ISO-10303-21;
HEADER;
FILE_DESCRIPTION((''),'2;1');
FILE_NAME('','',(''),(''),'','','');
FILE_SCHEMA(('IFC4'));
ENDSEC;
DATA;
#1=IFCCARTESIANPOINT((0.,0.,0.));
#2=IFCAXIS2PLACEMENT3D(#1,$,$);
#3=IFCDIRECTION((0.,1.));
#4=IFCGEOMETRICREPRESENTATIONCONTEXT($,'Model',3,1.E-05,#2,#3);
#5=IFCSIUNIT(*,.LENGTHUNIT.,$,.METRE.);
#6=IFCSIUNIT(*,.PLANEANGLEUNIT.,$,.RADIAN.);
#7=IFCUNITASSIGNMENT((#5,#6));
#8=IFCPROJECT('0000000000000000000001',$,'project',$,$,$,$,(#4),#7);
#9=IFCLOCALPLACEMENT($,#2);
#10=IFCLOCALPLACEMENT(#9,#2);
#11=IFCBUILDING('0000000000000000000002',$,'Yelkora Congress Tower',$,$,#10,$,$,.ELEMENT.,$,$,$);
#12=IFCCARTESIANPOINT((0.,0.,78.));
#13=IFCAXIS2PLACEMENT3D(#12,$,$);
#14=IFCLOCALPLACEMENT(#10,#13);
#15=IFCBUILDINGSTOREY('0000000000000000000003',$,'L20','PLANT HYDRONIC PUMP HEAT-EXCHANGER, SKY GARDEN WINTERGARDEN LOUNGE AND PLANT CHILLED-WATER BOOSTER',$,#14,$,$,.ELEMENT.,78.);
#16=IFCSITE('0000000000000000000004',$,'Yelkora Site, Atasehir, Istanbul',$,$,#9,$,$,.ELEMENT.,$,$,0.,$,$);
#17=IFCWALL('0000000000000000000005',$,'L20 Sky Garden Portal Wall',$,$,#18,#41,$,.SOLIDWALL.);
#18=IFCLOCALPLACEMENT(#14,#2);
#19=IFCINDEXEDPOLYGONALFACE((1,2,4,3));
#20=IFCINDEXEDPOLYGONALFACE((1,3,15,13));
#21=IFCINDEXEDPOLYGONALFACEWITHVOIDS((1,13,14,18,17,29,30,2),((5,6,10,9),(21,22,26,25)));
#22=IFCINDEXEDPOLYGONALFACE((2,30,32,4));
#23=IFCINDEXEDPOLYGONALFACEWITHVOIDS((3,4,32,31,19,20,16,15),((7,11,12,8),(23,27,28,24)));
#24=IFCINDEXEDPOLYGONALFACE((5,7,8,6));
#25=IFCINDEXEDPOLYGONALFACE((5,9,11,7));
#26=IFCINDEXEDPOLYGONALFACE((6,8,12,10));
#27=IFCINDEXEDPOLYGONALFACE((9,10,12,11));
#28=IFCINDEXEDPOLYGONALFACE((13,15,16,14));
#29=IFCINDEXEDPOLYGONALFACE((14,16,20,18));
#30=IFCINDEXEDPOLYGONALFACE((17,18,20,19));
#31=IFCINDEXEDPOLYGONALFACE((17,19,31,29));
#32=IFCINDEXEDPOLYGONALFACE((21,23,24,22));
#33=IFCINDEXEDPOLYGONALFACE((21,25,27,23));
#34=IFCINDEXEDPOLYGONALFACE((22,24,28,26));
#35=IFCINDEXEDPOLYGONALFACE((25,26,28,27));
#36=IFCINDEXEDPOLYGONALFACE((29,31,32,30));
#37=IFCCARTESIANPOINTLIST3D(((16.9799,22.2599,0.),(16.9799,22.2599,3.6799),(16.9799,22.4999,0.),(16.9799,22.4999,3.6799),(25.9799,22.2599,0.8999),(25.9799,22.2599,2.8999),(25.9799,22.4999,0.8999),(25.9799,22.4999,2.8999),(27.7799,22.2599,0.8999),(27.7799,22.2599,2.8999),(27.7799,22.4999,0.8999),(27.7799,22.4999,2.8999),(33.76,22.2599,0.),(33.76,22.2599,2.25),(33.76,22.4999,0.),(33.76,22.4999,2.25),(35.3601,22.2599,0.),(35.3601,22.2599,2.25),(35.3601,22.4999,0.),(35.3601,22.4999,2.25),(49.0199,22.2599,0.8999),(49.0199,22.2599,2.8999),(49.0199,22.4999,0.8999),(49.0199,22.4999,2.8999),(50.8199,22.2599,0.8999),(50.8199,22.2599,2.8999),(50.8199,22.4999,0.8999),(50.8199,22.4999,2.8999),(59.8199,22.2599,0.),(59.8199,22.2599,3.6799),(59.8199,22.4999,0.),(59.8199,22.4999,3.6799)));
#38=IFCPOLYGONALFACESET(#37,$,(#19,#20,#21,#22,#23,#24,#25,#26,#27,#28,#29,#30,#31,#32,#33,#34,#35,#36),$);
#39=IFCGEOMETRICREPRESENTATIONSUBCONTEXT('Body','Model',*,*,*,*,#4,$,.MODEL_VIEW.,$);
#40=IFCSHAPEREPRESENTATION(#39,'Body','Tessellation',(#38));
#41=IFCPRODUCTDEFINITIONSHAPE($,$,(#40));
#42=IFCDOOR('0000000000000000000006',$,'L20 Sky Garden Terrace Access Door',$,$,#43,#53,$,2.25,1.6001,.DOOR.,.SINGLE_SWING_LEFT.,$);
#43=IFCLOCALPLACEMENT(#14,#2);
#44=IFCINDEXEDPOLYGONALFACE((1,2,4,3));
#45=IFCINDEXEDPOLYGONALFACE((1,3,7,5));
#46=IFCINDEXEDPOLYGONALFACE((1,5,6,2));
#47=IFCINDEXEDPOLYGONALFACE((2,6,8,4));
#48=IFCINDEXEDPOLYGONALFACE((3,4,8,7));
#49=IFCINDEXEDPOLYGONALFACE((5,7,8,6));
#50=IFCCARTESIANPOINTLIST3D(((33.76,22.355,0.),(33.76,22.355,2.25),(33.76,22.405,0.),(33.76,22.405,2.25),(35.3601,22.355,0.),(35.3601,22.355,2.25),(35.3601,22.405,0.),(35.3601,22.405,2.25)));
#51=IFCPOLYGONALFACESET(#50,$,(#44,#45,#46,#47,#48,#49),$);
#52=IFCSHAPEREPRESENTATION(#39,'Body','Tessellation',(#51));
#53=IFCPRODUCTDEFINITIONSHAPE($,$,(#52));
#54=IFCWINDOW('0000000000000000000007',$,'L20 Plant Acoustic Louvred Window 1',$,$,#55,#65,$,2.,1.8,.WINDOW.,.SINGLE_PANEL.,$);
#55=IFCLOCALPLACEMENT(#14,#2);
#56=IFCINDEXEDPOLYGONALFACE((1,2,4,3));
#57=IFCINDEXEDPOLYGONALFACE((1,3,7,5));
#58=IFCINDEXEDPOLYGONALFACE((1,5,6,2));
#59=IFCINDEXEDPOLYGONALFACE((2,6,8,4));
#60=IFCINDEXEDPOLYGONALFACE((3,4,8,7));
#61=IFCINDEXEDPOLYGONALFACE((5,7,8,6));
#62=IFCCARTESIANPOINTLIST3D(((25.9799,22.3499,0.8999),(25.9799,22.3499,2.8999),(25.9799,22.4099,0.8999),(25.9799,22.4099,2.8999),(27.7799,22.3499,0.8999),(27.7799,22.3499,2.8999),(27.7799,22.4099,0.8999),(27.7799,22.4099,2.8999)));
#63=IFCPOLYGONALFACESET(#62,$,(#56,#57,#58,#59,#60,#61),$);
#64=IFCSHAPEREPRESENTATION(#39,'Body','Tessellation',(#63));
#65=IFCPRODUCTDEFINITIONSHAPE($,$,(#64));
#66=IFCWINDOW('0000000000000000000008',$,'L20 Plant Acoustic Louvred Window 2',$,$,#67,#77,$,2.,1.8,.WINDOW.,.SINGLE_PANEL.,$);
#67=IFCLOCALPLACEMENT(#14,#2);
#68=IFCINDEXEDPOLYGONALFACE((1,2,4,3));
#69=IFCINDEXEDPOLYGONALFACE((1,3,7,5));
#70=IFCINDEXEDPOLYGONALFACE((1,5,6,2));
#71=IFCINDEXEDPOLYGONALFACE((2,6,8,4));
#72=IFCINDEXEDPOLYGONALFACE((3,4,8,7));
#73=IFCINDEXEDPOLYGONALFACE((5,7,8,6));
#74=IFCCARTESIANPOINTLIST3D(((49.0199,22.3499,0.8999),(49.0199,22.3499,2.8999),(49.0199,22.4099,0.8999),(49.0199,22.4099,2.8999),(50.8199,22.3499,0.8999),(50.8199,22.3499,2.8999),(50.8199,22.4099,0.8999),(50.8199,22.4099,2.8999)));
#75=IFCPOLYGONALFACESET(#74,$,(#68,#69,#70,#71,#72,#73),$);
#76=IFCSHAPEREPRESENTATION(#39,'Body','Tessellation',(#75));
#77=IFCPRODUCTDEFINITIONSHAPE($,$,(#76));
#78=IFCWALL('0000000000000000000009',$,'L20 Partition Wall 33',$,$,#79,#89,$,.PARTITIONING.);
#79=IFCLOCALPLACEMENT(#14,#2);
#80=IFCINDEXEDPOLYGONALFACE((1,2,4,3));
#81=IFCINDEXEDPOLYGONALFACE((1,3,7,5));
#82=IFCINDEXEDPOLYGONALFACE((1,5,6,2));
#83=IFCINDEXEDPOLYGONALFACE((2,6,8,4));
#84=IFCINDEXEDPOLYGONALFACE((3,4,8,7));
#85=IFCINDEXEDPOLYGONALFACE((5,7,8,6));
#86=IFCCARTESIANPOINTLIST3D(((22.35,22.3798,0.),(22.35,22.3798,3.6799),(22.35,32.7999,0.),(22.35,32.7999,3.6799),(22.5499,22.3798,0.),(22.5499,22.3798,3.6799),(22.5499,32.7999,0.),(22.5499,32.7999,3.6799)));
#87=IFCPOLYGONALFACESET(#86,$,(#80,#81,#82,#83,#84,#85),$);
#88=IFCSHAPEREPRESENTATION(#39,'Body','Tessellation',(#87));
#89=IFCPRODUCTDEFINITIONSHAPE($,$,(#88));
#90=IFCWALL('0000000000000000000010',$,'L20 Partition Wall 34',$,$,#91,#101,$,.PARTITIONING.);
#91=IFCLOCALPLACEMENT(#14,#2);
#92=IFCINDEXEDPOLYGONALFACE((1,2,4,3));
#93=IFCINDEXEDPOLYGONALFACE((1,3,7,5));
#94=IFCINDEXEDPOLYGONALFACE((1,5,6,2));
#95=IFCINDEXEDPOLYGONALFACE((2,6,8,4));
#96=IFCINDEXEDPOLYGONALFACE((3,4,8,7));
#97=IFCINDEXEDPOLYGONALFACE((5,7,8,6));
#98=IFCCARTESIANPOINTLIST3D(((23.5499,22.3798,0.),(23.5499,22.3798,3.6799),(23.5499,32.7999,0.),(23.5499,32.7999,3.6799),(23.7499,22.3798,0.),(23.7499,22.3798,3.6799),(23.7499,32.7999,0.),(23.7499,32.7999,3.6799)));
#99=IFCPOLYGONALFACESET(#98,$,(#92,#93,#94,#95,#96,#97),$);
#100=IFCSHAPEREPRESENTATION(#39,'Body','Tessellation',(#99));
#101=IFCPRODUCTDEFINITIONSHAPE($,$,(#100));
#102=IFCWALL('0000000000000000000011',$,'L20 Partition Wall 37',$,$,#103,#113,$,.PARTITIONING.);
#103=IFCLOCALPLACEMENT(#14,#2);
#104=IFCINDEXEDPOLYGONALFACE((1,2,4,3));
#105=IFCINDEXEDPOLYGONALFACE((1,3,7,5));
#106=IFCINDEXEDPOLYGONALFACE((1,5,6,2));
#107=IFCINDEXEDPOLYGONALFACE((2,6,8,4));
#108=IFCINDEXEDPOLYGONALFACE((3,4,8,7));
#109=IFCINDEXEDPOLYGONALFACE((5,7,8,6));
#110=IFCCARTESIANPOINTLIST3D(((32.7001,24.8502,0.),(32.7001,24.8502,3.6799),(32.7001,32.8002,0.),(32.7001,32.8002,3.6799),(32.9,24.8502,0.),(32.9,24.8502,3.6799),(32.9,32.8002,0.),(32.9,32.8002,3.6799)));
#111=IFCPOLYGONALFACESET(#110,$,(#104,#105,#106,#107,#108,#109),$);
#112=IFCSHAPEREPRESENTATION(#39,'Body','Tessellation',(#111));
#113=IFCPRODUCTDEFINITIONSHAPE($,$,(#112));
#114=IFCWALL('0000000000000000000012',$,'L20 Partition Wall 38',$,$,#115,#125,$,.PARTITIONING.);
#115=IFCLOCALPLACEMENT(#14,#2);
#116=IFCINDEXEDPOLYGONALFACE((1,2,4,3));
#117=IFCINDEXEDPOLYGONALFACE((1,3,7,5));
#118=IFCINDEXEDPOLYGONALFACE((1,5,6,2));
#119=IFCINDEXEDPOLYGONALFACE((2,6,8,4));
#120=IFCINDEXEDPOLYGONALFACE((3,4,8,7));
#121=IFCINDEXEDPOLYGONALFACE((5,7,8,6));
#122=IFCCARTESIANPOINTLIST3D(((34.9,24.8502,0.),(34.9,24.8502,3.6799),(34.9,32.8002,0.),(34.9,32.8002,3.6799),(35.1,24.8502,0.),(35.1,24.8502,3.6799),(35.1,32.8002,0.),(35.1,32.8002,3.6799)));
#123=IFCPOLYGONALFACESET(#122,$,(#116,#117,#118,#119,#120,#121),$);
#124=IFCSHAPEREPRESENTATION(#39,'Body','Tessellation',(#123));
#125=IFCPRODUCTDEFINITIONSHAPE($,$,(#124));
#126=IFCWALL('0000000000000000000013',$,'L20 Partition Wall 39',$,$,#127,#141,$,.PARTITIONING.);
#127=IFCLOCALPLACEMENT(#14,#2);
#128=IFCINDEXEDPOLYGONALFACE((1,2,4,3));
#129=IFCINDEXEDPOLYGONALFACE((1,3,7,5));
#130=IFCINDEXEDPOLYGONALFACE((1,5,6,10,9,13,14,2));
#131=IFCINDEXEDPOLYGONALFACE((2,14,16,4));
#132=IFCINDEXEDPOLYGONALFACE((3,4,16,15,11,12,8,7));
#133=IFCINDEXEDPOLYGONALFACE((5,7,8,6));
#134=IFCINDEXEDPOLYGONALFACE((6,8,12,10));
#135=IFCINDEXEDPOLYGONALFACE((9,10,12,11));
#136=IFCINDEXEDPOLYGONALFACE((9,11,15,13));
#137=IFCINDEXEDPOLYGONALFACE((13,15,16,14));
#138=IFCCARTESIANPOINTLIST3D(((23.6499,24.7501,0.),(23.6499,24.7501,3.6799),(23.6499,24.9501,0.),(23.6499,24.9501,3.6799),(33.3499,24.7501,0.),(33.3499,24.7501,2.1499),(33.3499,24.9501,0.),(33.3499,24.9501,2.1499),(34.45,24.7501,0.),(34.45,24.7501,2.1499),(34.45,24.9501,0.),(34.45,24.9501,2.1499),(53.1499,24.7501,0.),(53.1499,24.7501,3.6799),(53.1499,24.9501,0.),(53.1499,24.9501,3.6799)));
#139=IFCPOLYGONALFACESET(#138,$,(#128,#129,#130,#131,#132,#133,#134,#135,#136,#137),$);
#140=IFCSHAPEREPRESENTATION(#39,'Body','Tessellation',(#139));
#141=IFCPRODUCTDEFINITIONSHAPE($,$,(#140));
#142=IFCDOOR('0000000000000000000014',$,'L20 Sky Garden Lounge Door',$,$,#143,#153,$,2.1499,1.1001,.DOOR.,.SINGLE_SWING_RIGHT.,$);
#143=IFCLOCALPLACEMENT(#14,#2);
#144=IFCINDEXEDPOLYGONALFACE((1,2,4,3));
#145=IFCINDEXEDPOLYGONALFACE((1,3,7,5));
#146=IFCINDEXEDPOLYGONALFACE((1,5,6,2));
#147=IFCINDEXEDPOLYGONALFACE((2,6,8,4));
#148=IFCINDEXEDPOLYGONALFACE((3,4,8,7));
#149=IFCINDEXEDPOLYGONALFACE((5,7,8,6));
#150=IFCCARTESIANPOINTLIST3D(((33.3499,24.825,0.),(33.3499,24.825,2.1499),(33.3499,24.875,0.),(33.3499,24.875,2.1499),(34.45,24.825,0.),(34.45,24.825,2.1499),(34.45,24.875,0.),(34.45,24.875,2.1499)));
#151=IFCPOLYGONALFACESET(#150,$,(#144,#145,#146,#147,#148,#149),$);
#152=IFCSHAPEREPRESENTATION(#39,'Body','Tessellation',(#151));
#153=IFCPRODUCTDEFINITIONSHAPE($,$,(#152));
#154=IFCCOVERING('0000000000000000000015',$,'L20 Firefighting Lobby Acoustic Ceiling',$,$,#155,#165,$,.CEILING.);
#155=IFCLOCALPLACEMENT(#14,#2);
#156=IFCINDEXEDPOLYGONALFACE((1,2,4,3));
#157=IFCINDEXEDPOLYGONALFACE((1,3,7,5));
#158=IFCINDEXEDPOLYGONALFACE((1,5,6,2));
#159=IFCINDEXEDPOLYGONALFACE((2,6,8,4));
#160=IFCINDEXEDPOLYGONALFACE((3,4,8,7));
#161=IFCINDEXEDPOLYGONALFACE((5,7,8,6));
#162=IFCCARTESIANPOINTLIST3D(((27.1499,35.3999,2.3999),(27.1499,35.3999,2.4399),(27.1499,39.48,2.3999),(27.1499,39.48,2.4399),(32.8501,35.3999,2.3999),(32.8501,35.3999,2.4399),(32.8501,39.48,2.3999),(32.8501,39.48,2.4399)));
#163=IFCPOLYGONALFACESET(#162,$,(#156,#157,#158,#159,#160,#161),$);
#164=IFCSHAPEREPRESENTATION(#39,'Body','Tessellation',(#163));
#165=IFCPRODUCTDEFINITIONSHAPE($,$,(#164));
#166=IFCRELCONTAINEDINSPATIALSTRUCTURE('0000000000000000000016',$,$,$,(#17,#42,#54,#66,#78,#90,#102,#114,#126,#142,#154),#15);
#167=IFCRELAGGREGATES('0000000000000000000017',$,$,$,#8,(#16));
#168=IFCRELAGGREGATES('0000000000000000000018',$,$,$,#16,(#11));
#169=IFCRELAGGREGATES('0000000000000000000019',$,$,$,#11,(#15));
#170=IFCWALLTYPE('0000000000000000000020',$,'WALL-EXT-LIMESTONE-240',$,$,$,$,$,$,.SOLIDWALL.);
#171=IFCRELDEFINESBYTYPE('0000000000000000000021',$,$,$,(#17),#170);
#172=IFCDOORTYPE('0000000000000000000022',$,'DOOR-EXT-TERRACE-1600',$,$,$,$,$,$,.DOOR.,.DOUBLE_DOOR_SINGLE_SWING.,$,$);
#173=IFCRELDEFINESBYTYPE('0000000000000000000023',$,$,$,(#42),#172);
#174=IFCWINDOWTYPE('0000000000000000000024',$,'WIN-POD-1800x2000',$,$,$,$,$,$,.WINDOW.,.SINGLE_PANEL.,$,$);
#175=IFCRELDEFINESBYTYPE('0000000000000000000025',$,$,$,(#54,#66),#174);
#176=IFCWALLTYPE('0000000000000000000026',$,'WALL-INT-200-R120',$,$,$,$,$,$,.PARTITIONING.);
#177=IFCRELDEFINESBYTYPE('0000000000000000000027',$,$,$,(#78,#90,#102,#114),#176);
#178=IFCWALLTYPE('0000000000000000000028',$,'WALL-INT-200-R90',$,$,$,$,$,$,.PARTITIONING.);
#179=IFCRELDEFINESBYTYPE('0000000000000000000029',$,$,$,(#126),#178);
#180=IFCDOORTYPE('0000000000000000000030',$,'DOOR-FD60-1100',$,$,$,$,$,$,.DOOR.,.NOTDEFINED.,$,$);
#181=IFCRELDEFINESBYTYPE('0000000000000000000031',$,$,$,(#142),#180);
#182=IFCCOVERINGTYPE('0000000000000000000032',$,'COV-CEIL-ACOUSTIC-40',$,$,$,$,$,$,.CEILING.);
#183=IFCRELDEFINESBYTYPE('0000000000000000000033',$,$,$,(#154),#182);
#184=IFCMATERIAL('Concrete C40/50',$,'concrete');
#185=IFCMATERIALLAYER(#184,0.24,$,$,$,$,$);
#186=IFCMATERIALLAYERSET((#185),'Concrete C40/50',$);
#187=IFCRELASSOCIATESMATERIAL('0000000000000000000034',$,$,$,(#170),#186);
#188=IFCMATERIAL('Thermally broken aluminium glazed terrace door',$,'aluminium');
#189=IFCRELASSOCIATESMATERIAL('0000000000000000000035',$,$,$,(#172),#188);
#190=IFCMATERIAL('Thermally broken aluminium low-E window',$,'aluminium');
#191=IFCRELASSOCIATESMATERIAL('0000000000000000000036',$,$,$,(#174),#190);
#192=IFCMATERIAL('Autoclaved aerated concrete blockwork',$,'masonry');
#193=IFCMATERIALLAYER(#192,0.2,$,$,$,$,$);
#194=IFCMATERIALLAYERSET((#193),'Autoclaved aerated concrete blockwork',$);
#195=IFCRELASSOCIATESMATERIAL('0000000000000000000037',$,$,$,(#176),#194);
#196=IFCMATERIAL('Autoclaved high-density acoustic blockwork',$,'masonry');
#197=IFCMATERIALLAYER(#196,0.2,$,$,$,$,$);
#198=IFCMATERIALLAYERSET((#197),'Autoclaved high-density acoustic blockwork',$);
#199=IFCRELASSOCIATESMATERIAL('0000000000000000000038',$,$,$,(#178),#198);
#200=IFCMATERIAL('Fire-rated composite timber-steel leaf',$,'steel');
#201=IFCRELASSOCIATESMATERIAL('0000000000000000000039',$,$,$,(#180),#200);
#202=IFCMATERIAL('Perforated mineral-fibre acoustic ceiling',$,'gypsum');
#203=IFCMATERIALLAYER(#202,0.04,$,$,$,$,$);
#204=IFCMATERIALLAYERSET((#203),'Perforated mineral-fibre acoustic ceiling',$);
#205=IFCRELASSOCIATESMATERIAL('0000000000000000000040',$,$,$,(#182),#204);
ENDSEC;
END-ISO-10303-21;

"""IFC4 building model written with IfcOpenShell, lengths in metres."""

from ifc_helpers import new_model, si_unit, direction, frame, frame_2d, origin, place, context, subcontext, project, spatial, polyline, rectangle, outline, extrude, material, layer, layer_set, type_object, element, fill, save


model = new_model("IFC4")

# Units and contexts
model_context = context("Model", 3, precision=1e-05, world=origin(), true_north=direction((0.0, 1.0)))
body_context = subcontext(model_context, "Body", "Model", "MODEL_VIEW")
ifc_project = project(units=[si_unit("LENGTHUNIT", "METRE"), si_unit("PLANEANGLEUNIT", "RADIAN")], contexts=[model_context])

# Site, building, storey
site_placement = place(None, origin())
site = spatial("IfcSite", under=ifc_project, at=site_placement, Name="Yelkora Site, Atasehir, Istanbul", CompositionType="ELEMENT", RefElevation=0.0)
building_placement = place(site_placement, origin())
building = spatial("IfcBuilding", under=site, at=building_placement, Name="Yelkora Congress Tower", CompositionType="ELEMENT")
storey_placement = place(building_placement, frame((0.0, 0.0, 78.0)))
storey = spatial("IfcBuildingStorey", under=building, at=storey_placement, Name="L20", Description="PLANT HYDRONIC PUMP HEAT-EXCHANGER, SKY GARDEN WINTERGARDEN LOUNGE AND PLANT CHILLED-WATER BOOSTER", CompositionType="ELEMENT", Elevation=78.0)

# Shared definitions
ifc_material_1 = material(Name="Concrete C40/50", Category="concrete")

# Wall, openings, door, windows
ifc_layer_1 = layer(ifc_material_1, 0.24)
ifc_layer_set_1 = layer_set([ifc_layer_1], Name="Concrete C40/50")
wall_type_1 = type_object("IfcWallType", Name="WALL-EXT-LIMESTONE-240", PredefinedType="SOLIDWALL", material=ifc_layer_set_1)
wall_1_placement = place(storey_placement, frame((16.98, 22.3799, 0.0), z_axis=(0.0, 0.0, 1.0), x_axis=(1.0, 0.0, 0.0)))
wall_1 = element("IfcWall", 1, at=wall_1_placement, inside=storey, type_object=wall_type_1, Name="L20 Sky Garden Portal Wall", PredefinedType="SOLIDWALL", context=body_context, shape_type="SweptSolid", body=[
    extrude(rectangle(XDim=42.8401, YDim=0.24, at=frame_2d((21.4199, 0.0))), origin(), (0.0, 0.0, 1.0), 3.6799),
])
opening_1_placement = place(wall_1_placement, frame((16.78, 0.0, 0.0)))
opening_1 = element("IfcOpeningElement", 2, at=opening_1_placement, cuts=wall_1, PredefinedType="OPENING", context=body_context, shape_type="SweptSolid", body=[
    extrude(rectangle(XDim=1.6001, YDim=2.25, at=frame_2d((0.8, 1.125))), frame((0.0, 0.1299, 0.0), z_axis=(0.0, -1.0, 0.0), x_axis=(1.0, 0.0, 0.0)), (0.0, 0.0, 1.0), 0.26),
])
opening_2_placement = place(wall_1_placement, frame((9.0, 0.0, 0.8999)))
opening_2 = element("IfcOpeningElement", 3, at=opening_2_placement, cuts=wall_1, PredefinedType="OPENING", context=body_context, shape_type="SweptSolid", body=[
    extrude(rectangle(XDim=1.8, YDim=2.0, at=frame_2d((0.8999, 1.0))), frame((0.0, 0.1299, 0.0), z_axis=(0.0, -1.0, 0.0), x_axis=(1.0, 0.0, 0.0)), (0.0, 0.0, 1.0), 0.26),
])
opening_3_placement = place(wall_1_placement, frame((32.04, 0.0, 0.8999)))
opening_3 = element("IfcOpeningElement", 4, at=opening_3_placement, cuts=wall_1, PredefinedType="OPENING", context=body_context, shape_type="SweptSolid", body=[
    extrude(rectangle(XDim=1.8, YDim=2.0, at=frame_2d((0.8999, 1.0))), frame((0.0, 0.1299, 0.0), z_axis=(0.0, -1.0, 0.0), x_axis=(1.0, 0.0, 0.0)), (0.0, 0.0, 1.0), 0.26),
])
ifc_material_2 = material(Name="Thermally broken aluminium glazed terrace door", Category="aluminium")
door_type_1 = type_object("IfcDoorType", Name="DOOR-EXT-TERRACE-1600", OperationType="DOUBLE_DOOR_SINGLE_SWING", PredefinedType="DOOR", material=ifc_material_2)
door_1_placement = place(opening_1_placement, frame((1.6001, 0.0, 0.0), z_axis=(0.0, 0.0, 1.0), x_axis=(-1.0, 0.0, 0.0)))
door_1 = element("IfcDoor", 5, at=door_1_placement, inside=storey, type_object=door_type_1, Name="L20 Sky Garden Terrace Access Door", OperationType="SINGLE_SWING_LEFT", OverallHeight=2.25, OverallWidth=1.6001, PredefinedType="DOOR", context=body_context, shape_type="SweptSolid", body=[
    extrude(rectangle(XDim=1.6001, YDim=2.25, at=frame_2d((0.8, 1.125))), frame((0.0, 0.0249, 0.0), z_axis=(0.0, -1.0, 0.0), x_axis=(1.0, 0.0, 0.0)), (0.0, 0.0, 1.0), 0.05),
])
fill(opening_1, door_1)
ifc_material_3 = material(Name="Thermally broken aluminium low-E window", Category="aluminium")
window_type = type_object("IfcWindowType", Name="WIN-POD-1800x2000", PartitioningType="SINGLE_PANEL", PredefinedType="WINDOW", material=ifc_material_3)
window_1_placement = place(opening_2_placement, origin())
window_1 = element("IfcWindow", 6, at=window_1_placement, inside=storey, type_object=window_type, Name="L20 Plant Acoustic Louvred Window 1", OverallHeight=2.0, OverallWidth=1.8, PartitioningType="SINGLE_PANEL", PredefinedType="WINDOW", context=body_context, shape_type="SweptSolid", body=[
    extrude(rectangle(XDim=1.8, YDim=2.0, at=frame_2d((0.8999, 1.0))), frame((0.0, 0.03, 0.0), z_axis=(0.0, -1.0, 0.0), x_axis=(1.0, 0.0, 0.0)), (0.0, 0.0, 1.0), 0.0601),
])
fill(opening_2, window_1)
window_2_placement = place(opening_3_placement, origin())
window_2 = element("IfcWindow", 7, at=window_2_placement, inside=storey, type_object=window_type, Name="L20 Plant Acoustic Louvred Window 2", OverallHeight=2.0, OverallWidth=1.8, PartitioningType="SINGLE_PANEL", PredefinedType="WINDOW", context=body_context, shape_type="SweptSolid", body=[
    extrude(rectangle(XDim=1.8, YDim=2.0, at=frame_2d((0.8999, 1.0))), frame((0.0, 0.03, 0.0), z_axis=(0.0, -1.0, 0.0), x_axis=(1.0, 0.0, 0.0)), (0.0, 0.0, 1.0), 0.0601),
])
fill(opening_3, window_2)

# Walls
ifc_material_4 = material(Name="Autoclaved aerated concrete blockwork", Category="masonry")
ifc_layer_2 = layer(ifc_material_4, 0.2)
ifc_layer_set_2 = layer_set([ifc_layer_2], Name="Autoclaved aerated concrete blockwork")
wall_type_2 = type_object("IfcWallType", Name="WALL-INT-200-R120", PredefinedType="PARTITIONING", material=ifc_layer_set_2)
for number, where, z_axis, x_axis, name in (
    (8, (22.45, 22.3799, 0.0), (0.0, 0.0, 1.0), (0.0, 1.0, 0.0), "L20 Partition Wall 33"),
    (9, (23.6499, 22.3799, 0.0), (0.0, 0.0, 1.0), (0.0, 1.0, 0.0), "L20 Partition Wall 34"),
):
    element("IfcWall", number, at=place(storey_placement, frame(where, z_axis=z_axis, x_axis=x_axis)), inside=storey, type_object=wall_type_2, Name=name, PredefinedType="PARTITIONING", context=body_context, shape_type="SweptSolid", body=[
        extrude(rectangle(XDim=10.4202, YDim=0.2, at=frame_2d((5.21, 0.0))), origin(), (0.0, 0.0, 1.0), 3.6799),
    ])
for number, where, z_axis, x_axis, name in (
    (10, (32.8, 24.8501, 0.0), (0.0, 0.0, 1.0), (0.0, 1.0, 0.0), "L20 Partition Wall 37"),
    (11, (35.0, 24.8501, 0.0), (0.0, 0.0, 1.0), (0.0, 1.0, 0.0), "L20 Partition Wall 38"),
):
    element("IfcWall", number, at=place(storey_placement, frame(where, z_axis=z_axis, x_axis=x_axis)), inside=storey, type_object=wall_type_2, Name=name, PredefinedType="PARTITIONING", context=body_context, shape_type="SweptSolid", body=[
        extrude(rectangle(XDim=7.95, YDim=0.2, at=frame_2d((3.9751, 0.0))), origin(), (0.0, 0.0, 1.0), 3.6799),
    ])

# Wall, opening, door
ifc_material_5 = material(Name="Autoclaved high-density acoustic blockwork", Category="masonry")
ifc_layer_3 = layer(ifc_material_5, 0.2)
ifc_layer_set_3 = layer_set([ifc_layer_3], Name="Autoclaved high-density acoustic blockwork")
wall_type_3 = type_object("IfcWallType", Name="WALL-INT-200-R90", PredefinedType="PARTITIONING", material=ifc_layer_set_3)
wall_2_placement = place(storey_placement, frame((23.6499, 24.8501, 0.0), z_axis=(0.0, 0.0, 1.0), x_axis=(1.0, 0.0, 0.0)))
wall_2 = element("IfcWall", 12, at=wall_2_placement, inside=storey, type_object=wall_type_3, Name="L20 Partition Wall 39", PredefinedType="PARTITIONING", context=body_context, shape_type="SweptSolid", body=[
    extrude(rectangle(XDim=29.5, YDim=0.2, at=frame_2d((14.75, 0.0))), origin(), (0.0, 0.0, 1.0), 3.6799),
])
opening_4_placement = place(wall_2_placement, frame((9.7, 0.0, 0.0)))
opening_4 = element("IfcOpeningElement", 13, at=opening_4_placement, cuts=wall_2, PredefinedType="OPENING", context=body_context, shape_type="SweptSolid", body=[
    extrude(rectangle(XDim=1.1001, YDim=2.1499, at=frame_2d((0.55, 1.075))), frame((0.0, 0.1099, 0.0), z_axis=(0.0, -1.0, 0.0), x_axis=(1.0, 0.0, 0.0)), (0.0, 0.0, 1.0), 0.22),
])
ifc_material_6 = material(Name="Fire-rated composite timber-steel leaf", Category="steel")
door_type_2 = type_object("IfcDoorType", Name="DOOR-FD60-1100", OperationType="NOTDEFINED", PredefinedType="DOOR", material=ifc_material_6)
door_2_placement = place(opening_4_placement, origin())
door_2 = element("IfcDoor", 14, at=door_2_placement, inside=storey, type_object=door_type_2, Name="L20 Sky Garden Lounge Door", OperationType="SINGLE_SWING_RIGHT", OverallHeight=2.1499, OverallWidth=1.1001, PredefinedType="DOOR", context=body_context, shape_type="SweptSolid", body=[
    extrude(rectangle(XDim=1.1001, YDim=2.1499, at=frame_2d((0.55, 1.075))), frame((0.0, 0.0249, 0.0), z_axis=(0.0, -1.0, 0.0), x_axis=(1.0, 0.0, 0.0)), (0.0, 0.0, 1.0), 0.05),
])
fill(opening_4, door_2)

# Covering
ifc_material_7 = material(Name="Perforated mineral-fibre acoustic ceiling", Category="gypsum")
ifc_layer_4 = layer(ifc_material_7, 0.04)
ifc_layer_set_4 = layer_set([ifc_layer_4], Name="Perforated mineral-fibre acoustic ceiling")
covering_type_1 = type_object("IfcCoveringType", Name="COV-CEIL-ACOUSTIC-40", PredefinedType="CEILING", material=ifc_layer_set_4)
covering_1_placement = place(storey_placement, frame((0.0, 0.0, 2.3999)))
element("IfcCovering", 15, at=covering_1_placement, inside=storey, type_object=covering_type_1, Name="L20 Firefighting Lobby Acoustic Ceiling", PredefinedType="CEILING", context=body_context, shape_type="SweptSolid", body=[
    extrude(outline(polyline([(27.1499, 35.3999), (32.8501, 35.3999), (32.8501, 39.48), (27.1499, 39.48), (27.1499, 35.3999)])), origin(), (0.0, 0.0, 1.0), 0.04),
])

save(model, "model.ifc")
